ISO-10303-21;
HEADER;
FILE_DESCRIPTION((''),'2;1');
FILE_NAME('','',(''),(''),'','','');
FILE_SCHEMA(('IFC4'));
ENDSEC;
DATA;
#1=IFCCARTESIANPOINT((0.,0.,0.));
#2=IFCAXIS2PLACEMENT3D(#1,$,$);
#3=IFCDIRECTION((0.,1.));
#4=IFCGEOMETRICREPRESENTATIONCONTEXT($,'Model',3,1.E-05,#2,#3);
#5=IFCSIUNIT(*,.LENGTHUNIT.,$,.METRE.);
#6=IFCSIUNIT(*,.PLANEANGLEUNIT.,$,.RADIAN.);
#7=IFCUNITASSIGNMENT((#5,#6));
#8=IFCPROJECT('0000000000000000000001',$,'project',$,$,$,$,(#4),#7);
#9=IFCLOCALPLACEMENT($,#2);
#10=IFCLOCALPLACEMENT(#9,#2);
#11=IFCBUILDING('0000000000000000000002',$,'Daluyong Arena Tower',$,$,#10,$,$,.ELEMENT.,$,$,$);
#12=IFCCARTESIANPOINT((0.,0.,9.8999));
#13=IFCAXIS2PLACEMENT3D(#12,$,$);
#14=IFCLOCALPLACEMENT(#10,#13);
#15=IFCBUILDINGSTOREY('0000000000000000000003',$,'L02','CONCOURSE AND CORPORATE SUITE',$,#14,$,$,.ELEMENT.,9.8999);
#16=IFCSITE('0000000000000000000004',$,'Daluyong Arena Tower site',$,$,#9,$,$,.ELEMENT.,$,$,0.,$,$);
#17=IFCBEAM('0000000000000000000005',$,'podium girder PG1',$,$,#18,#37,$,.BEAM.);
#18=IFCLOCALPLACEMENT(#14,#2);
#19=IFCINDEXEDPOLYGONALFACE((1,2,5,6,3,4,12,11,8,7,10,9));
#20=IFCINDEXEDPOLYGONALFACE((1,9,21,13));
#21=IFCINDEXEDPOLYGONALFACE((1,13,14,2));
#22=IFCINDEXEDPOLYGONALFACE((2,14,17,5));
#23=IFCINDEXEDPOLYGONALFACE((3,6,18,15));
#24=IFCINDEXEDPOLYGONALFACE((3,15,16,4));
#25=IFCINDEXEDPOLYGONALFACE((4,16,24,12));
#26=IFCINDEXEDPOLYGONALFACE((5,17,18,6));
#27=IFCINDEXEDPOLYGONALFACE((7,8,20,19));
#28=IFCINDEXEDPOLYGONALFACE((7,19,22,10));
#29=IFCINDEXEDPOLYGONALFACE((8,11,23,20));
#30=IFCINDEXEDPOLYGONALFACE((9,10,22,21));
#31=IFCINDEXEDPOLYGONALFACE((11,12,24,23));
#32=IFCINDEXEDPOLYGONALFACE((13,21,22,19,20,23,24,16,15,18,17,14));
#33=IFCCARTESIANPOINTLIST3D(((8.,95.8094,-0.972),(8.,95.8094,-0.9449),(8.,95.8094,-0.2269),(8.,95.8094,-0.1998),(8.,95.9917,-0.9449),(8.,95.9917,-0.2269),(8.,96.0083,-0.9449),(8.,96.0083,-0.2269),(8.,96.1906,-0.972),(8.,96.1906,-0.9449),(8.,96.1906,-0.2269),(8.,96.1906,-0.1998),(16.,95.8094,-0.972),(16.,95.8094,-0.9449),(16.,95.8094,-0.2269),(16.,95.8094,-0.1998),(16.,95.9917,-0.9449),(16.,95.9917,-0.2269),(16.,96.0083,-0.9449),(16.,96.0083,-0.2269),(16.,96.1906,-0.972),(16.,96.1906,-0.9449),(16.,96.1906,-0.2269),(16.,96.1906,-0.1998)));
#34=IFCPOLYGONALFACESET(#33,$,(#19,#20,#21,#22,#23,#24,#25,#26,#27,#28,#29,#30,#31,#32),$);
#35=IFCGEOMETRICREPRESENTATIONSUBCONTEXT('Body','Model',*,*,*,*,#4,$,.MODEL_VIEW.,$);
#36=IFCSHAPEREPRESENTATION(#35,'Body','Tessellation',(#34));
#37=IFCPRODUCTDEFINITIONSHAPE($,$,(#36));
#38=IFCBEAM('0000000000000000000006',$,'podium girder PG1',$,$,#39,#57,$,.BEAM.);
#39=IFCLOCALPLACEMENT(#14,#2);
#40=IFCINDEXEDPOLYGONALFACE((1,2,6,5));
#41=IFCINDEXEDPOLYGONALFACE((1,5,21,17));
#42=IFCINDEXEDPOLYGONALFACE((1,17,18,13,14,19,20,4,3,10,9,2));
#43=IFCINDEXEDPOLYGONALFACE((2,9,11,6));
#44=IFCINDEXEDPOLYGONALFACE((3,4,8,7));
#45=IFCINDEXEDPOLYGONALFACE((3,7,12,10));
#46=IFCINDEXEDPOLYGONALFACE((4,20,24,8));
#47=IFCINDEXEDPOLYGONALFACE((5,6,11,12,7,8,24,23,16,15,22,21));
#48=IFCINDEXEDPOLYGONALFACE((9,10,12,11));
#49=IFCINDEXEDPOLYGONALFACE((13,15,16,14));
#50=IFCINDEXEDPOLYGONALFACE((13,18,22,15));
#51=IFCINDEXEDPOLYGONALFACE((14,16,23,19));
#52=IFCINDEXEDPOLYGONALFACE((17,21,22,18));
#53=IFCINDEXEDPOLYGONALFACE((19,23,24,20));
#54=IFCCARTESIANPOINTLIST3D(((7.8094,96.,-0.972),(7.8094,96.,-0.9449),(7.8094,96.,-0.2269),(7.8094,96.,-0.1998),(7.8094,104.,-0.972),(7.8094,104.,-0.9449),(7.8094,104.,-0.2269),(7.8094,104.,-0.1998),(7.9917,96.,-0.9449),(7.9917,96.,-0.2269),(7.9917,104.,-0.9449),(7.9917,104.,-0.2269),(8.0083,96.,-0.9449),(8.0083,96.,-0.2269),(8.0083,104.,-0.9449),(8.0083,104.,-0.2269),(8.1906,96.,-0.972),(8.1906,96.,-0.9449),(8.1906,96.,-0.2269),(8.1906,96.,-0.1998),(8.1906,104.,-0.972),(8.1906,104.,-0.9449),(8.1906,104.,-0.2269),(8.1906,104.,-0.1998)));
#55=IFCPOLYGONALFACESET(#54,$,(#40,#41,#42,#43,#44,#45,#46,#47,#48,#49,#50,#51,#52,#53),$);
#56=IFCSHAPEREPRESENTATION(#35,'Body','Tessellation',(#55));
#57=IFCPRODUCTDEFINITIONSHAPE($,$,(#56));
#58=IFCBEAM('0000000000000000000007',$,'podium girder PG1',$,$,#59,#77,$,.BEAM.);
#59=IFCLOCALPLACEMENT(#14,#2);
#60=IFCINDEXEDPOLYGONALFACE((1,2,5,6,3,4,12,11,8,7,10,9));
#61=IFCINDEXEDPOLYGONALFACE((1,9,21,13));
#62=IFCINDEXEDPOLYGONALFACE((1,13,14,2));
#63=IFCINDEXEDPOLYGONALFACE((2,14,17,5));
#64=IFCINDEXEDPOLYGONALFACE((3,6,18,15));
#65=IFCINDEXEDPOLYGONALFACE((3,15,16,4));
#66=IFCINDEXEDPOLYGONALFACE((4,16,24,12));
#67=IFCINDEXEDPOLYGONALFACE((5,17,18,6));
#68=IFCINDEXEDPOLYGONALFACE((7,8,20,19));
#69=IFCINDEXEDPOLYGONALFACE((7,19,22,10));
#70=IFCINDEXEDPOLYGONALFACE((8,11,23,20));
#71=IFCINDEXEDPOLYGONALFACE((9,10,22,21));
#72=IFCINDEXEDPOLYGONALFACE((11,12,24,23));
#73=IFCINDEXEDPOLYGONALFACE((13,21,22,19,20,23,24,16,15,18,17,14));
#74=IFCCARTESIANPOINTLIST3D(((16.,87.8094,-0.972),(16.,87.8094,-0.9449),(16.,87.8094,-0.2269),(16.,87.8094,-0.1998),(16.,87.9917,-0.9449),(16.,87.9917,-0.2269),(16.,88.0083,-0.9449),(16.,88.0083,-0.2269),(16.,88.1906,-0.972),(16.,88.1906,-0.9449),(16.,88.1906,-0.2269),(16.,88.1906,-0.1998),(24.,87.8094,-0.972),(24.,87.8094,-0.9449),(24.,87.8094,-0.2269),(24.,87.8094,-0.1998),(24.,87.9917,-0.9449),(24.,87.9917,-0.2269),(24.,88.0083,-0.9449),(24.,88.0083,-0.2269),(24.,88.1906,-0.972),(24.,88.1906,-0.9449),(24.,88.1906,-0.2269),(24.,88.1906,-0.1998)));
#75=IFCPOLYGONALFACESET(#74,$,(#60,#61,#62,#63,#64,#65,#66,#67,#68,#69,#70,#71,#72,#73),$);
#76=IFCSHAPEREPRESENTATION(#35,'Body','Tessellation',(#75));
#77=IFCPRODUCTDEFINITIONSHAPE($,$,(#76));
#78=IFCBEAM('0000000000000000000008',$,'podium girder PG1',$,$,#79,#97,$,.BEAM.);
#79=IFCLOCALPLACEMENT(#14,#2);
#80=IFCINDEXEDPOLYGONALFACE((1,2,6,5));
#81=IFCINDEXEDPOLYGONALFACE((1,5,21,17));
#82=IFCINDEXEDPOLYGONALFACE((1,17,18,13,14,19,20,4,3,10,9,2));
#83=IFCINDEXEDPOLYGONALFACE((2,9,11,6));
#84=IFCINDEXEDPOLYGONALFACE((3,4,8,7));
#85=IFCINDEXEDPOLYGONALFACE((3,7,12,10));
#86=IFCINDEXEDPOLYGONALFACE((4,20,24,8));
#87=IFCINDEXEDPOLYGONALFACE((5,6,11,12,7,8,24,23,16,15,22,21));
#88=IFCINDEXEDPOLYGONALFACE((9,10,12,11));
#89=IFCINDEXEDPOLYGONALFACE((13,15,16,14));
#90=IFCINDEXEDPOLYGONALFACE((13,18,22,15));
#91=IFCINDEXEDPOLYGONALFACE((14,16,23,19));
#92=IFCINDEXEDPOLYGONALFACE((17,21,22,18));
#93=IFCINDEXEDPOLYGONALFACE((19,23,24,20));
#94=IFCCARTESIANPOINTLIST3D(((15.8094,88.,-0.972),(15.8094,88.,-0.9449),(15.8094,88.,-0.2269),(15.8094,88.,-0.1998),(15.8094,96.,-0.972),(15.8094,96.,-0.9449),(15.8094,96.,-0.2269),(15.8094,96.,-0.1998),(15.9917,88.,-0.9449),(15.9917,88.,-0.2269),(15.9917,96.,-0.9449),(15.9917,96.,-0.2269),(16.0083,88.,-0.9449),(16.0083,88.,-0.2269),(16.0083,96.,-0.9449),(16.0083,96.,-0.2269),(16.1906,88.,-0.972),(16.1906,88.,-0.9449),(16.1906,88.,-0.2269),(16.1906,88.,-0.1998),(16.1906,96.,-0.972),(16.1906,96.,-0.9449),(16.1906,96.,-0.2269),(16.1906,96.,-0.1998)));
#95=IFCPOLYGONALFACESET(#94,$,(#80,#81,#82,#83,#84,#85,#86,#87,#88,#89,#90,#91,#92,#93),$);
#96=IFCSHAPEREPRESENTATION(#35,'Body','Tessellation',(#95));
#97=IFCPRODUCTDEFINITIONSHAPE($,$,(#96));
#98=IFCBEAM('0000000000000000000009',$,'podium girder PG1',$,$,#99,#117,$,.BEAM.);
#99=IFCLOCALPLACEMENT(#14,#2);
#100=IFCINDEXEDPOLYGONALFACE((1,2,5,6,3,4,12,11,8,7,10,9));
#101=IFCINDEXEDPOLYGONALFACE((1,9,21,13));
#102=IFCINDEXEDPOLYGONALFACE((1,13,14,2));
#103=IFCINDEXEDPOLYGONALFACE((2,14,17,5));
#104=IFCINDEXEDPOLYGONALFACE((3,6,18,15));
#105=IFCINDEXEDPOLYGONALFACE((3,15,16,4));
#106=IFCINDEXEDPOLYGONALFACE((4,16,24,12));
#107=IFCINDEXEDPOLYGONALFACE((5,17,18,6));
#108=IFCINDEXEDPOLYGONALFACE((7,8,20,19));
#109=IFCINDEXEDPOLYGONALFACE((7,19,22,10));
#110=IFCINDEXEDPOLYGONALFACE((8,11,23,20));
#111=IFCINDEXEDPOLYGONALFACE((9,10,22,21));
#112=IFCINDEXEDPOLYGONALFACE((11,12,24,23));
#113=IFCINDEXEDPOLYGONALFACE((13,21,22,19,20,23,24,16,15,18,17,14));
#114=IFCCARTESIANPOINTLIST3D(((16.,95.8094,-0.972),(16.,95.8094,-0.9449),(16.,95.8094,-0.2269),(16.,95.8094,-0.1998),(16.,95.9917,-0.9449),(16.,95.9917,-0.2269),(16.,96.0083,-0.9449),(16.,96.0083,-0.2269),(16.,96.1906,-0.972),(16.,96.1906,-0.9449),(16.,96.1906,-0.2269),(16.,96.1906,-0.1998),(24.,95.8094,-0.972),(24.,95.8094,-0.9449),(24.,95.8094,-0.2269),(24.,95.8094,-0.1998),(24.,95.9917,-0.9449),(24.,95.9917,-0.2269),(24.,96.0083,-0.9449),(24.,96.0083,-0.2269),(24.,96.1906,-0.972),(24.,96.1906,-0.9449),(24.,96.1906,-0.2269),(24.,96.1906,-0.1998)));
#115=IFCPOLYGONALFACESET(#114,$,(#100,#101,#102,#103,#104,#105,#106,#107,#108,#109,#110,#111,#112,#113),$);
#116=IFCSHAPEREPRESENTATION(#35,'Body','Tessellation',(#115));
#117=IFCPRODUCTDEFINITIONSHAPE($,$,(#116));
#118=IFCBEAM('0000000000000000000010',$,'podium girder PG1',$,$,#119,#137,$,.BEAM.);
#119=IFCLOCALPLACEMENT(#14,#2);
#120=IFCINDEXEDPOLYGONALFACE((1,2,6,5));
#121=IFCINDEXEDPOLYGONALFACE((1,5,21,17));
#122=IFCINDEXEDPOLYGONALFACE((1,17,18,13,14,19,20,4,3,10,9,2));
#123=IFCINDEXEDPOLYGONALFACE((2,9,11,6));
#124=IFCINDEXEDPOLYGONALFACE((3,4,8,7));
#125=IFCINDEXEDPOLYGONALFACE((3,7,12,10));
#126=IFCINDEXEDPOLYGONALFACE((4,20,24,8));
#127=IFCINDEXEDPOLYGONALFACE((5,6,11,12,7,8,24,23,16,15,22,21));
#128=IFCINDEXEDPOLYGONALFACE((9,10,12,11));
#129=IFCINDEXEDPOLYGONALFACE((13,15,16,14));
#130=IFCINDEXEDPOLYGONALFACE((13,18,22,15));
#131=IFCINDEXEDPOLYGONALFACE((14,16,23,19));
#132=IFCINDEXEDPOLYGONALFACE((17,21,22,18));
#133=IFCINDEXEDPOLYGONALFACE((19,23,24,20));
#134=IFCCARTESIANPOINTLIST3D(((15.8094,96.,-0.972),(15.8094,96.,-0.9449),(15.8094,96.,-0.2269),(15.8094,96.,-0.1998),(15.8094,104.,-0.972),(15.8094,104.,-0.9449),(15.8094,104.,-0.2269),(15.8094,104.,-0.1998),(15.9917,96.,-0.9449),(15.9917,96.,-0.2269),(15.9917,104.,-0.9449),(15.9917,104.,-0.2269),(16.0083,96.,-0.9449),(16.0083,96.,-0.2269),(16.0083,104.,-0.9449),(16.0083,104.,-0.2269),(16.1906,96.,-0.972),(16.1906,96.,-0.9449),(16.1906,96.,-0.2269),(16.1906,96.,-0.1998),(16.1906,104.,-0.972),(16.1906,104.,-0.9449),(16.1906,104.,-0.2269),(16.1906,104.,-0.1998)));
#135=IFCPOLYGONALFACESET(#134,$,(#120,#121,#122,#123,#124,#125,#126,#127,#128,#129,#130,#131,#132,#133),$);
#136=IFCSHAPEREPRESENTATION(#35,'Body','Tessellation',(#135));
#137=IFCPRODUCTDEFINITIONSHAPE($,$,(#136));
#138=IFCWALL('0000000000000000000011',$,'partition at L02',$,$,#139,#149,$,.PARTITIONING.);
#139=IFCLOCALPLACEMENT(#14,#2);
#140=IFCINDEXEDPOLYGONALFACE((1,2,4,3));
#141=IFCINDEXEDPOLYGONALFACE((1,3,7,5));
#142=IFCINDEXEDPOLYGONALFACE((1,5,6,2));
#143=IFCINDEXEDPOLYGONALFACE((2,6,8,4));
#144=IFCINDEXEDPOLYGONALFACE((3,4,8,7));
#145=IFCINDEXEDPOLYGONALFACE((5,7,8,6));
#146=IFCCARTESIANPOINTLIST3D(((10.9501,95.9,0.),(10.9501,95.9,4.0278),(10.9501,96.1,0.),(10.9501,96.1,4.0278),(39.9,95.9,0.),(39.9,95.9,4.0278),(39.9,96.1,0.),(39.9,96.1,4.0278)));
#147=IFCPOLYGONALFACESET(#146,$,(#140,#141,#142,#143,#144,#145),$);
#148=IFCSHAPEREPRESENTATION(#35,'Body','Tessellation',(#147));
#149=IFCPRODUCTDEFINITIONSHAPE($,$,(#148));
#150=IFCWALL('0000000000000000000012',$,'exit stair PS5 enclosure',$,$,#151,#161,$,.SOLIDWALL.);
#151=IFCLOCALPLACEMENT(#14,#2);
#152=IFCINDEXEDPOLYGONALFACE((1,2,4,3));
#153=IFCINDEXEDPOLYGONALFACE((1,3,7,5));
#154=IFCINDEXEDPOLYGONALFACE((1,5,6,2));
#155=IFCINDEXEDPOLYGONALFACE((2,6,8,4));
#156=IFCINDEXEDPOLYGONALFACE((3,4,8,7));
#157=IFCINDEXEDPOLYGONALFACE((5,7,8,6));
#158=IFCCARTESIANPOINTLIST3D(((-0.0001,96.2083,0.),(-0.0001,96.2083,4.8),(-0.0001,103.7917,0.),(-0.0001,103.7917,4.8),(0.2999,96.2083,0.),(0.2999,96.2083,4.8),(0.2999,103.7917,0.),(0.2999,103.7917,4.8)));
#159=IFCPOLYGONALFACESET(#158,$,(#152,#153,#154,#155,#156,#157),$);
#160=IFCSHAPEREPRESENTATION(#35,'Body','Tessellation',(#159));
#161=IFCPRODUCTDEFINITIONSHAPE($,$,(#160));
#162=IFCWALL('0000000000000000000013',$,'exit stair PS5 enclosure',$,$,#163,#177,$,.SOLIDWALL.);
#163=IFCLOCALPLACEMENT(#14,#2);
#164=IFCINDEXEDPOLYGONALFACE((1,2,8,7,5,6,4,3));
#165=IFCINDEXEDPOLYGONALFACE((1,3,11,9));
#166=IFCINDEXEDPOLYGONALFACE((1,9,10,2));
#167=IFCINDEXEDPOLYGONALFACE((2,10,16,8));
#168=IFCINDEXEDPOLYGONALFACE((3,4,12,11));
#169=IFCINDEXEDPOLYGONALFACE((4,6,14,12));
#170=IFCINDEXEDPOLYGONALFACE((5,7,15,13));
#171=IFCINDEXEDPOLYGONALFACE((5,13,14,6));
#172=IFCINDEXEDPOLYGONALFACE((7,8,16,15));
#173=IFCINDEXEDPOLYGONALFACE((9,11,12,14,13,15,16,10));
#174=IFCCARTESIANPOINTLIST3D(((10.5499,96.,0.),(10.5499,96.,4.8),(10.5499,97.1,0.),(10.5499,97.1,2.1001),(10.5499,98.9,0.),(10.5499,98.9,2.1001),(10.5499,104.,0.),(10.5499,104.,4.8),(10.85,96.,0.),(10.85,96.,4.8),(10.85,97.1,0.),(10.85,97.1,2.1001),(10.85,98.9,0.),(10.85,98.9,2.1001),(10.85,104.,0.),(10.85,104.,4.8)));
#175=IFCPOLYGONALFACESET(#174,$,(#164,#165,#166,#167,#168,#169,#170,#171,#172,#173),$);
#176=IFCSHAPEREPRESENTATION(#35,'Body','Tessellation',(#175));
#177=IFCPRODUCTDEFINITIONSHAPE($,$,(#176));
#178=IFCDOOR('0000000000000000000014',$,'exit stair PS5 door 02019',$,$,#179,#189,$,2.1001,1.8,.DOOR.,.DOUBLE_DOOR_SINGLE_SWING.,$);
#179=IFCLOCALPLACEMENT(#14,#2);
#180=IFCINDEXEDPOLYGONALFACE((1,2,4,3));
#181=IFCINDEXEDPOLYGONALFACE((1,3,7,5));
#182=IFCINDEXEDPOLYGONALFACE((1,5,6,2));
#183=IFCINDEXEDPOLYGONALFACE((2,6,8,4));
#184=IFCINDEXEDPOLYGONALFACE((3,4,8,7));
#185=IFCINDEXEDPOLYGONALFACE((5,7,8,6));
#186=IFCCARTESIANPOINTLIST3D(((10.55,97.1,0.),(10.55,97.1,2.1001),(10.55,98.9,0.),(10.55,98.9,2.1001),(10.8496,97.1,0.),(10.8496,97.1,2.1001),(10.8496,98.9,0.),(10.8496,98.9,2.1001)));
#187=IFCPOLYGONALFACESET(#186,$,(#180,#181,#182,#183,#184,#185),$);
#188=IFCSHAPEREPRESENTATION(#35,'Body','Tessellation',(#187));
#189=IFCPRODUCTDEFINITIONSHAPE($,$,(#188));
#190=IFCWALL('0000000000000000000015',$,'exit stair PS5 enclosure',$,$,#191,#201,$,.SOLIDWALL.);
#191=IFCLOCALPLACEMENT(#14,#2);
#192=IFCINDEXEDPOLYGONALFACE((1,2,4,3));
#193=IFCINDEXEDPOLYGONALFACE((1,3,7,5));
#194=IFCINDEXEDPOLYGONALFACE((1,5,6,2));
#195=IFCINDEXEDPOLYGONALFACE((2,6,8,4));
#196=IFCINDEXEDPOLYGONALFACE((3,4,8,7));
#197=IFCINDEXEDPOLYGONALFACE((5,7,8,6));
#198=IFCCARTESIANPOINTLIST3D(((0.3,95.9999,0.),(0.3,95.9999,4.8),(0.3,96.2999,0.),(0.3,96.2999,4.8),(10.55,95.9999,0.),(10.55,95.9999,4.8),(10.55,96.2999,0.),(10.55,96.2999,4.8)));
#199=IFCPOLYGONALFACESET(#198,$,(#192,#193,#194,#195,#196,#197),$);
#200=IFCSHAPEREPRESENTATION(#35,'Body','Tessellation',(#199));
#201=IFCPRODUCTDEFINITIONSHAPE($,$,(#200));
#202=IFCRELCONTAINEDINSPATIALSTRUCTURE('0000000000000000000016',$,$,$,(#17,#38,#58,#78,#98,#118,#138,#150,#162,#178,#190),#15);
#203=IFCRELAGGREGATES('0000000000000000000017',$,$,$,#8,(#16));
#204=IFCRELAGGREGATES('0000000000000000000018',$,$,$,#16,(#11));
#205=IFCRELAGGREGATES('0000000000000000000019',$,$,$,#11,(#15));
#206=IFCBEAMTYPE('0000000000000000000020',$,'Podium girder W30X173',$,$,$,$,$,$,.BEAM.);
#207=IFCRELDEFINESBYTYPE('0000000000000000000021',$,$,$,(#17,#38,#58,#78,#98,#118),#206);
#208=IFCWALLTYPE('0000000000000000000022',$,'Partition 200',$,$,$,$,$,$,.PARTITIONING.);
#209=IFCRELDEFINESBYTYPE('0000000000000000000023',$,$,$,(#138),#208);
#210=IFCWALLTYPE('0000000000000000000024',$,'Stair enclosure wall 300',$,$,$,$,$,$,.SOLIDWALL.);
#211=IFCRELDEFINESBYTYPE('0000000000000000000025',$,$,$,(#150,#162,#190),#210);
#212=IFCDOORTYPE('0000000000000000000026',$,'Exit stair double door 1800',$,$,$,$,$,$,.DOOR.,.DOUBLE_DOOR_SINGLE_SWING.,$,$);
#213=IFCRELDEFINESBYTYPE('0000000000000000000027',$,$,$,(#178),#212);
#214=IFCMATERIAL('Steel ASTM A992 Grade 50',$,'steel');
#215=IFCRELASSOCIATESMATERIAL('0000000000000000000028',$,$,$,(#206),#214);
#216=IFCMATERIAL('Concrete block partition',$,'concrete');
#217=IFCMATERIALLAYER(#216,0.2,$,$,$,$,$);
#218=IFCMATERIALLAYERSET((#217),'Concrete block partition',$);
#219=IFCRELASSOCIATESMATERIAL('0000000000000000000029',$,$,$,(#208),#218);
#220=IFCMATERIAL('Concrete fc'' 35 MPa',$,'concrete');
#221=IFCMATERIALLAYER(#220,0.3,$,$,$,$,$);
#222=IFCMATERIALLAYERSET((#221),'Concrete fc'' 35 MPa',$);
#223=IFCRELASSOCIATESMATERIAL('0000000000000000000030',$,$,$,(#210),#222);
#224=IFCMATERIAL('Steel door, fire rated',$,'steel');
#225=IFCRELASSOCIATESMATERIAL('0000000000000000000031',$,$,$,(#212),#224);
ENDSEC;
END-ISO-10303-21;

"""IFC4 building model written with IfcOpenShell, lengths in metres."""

from ifc_helpers import new_model, si_unit, direction, frame, frame_2d, origin, origin_2d, place, context, subcontext, project, spatial, rectangle, i_section, extrude, material, layer, layer_set, material_profile, profile_set, type_object, element, fill, save


model = new_model("IFC4")

# Units and contexts
model_context = context("Model", 3, precision=1e-05, world=origin(), true_north=direction((0.0, 1.0)))
body_context = subcontext(model_context, "Body", "Model", "MODEL_VIEW")
ifc_project = project(units=[si_unit("LENGTHUNIT", "METRE"), si_unit("PLANEANGLEUNIT", "RADIAN")], contexts=[model_context])

# Site, building, storey
site_placement = place(None, origin())
site = spatial("IfcSite", under=ifc_project, at=site_placement, Name="Daluyong Arena Tower site", CompositionType="ELEMENT", RefElevation=0.0)
building_placement = place(site_placement, origin())
building = spatial("IfcBuilding", under=site, at=building_placement, Name="Daluyong Arena Tower", CompositionType="ELEMENT")
storey_placement = place(building_placement, frame((0.0, 0.0, 9.8999)))
storey = spatial("IfcBuildingStorey", under=building, at=storey_placement, Name="L02", Description="CONCOURSE AND CORPORATE SUITE", CompositionType="ELEMENT", Elevation=9.8999)

# Beams
ifc_material_1 = material(Name="Steel ASTM A992 Grade 50", Category="steel")
ifc_material_profile_1 = material_profile(ifc_material_1, i_section(OverallWidth=0.3811, OverallDepth=0.7722, WebThickness=0.0166, FlangeThickness=0.0271, at=origin_2d()))
ifc_profile_set_1 = profile_set([ifc_material_profile_1], Name="Steel ASTM A992 Grade 50")
beam_type_1 = type_object("IfcBeamType", Name="Podium girder W30X173", PredefinedType="BEAM", material=ifc_profile_set_1)
for number, where, z_axis, x_axis, name in (
    (1, (8.0, 96.0, -0.5859), (1.0, 0.0, 0.0), (0.0, 1.0, 0.0), "podium girder PG1"),
    (2, (8.0, 96.0, -0.5859), (0.0, 1.0, 0.0), (-1.0, 0.0, 0.0), "podium girder PG1"),
    (3, (16.0, 88.0, -0.5859), (1.0, 0.0, 0.0), (0.0, 1.0, 0.0), "podium girder PG1"),
    (4, (16.0, 88.0, -0.5859), (0.0, 1.0, 0.0), (-1.0, 0.0, 0.0), "podium girder PG1"),
    (5, (16.0, 96.0, -0.5859), (1.0, 0.0, 0.0), (0.0, 1.0, 0.0), "podium girder PG1"),
    (6, (16.0, 96.0, -0.5859), (0.0, 1.0, 0.0), (-1.0, 0.0, 0.0), "podium girder PG1"),
):
    element("IfcBeam", number, at=place(storey_placement, frame(where, z_axis=z_axis, x_axis=x_axis)), inside=storey, type_object=beam_type_1, Name=name, PredefinedType="BEAM", context=body_context, shape_type="SweptSolid", body=[
        extrude(i_section(OverallWidth=0.3811, OverallDepth=0.7722, WebThickness=0.0166, FlangeThickness=0.0271, at=origin_2d()), origin(), (0.0, 0.0, 1.0), 8.0),
    ])

# Walls
ifc_material_2 = material(Name="Concrete block partition", Category="concrete")
ifc_layer_1 = layer(ifc_material_2, 0.2)
ifc_layer_set_1 = layer_set([ifc_layer_1], Name="Concrete block partition")
wall_type_1 = type_object("IfcWallType", Name="Partition 200", PredefinedType="PARTITIONING", material=ifc_layer_set_1)
wall_1_placement = place(storey_placement, frame((10.95, 96.0, 0.0), z_axis=(0.0, 0.0, 1.0), x_axis=(1.0, 0.0, 0.0)))
element("IfcWall", 7, at=wall_1_placement, inside=storey, type_object=wall_type_1, Name="partition at L02", PredefinedType="PARTITIONING", context=body_context, shape_type="SweptSolid", body=[
    extrude(rectangle(XDim=28.95, YDim=0.2, at=frame_2d((14.4751, 0.0))), origin(), (0.0, 0.0, 1.0), 4.0278),
])
ifc_material_3 = material(Name="Concrete fc' 35 MPa", Category="concrete")
ifc_layer_2 = layer(ifc_material_3, 0.3)
ifc_layer_set_2 = layer_set([ifc_layer_2], Name="Concrete fc' 35 MPa")
wall_type_2 = type_object("IfcWallType", Name="Stair enclosure wall 300", PredefinedType="SOLIDWALL", material=ifc_layer_set_2)
wall_2_placement = place(storey_placement, frame((0.1499, 96.2083, 0.0), z_axis=(0.0, 0.0, 1.0), x_axis=(0.0, 1.0, 0.0)))
element("IfcWall", 8, at=wall_2_placement, inside=storey, type_object=wall_type_2, Name="exit stair PS5 enclosure", PredefinedType="SOLIDWALL", context=body_context, shape_type="SweptSolid", body=[
    extrude(rectangle(XDim=7.5835, YDim=0.3, at=frame_2d((3.7917, 0.0))), origin(), (0.0, 0.0, 1.0), 4.8),
])

# Wall, opening, door
wall_3_placement = place(storey_placement, frame((10.7, 96.0, 0.0), z_axis=(0.0, 0.0, 1.0), x_axis=(0.0, 1.0, 0.0)))
wall_3 = element("IfcWall", 9, at=wall_3_placement, inside=storey, type_object=wall_type_2, Name="exit stair PS5 enclosure", PredefinedType="SOLIDWALL", context=body_context, shape_type="SweptSolid", body=[
    extrude(rectangle(XDim=8.0, YDim=0.3, at=frame_2d((4.0, 0.0))), origin(), (0.0, 0.0, 1.0), 4.8),
])
opening_placement = place(wall_3_placement, frame((1.1001, 0.0, 0.0)))
opening = element("IfcOpeningElement", 10, at=opening_placement, cuts=wall_3, PredefinedType="OPENING", context=body_context, shape_type="SweptSolid", body=[
    extrude(rectangle(XDim=1.8, YDim=2.1001, at=frame_2d((0.8999, 1.05))), frame((0.0, 0.1599, 0.0), z_axis=(0.0, -1.0, 0.0), x_axis=(1.0, 0.0, 0.0)), (0.0, 0.0, 1.0), 0.3201),
])
ifc_material_4 = material(Name="Steel door, fire rated", Category="steel")
door_type = type_object("IfcDoorType", Name="Exit stair double door 1800", OperationType="DOUBLE_DOOR_SINGLE_SWING", PredefinedType="DOOR", material=ifc_material_4)
door_placement = place(opening_placement, origin())
door = element("IfcDoor", 11, at=door_placement, inside=storey, type_object=door_type, Name="exit stair PS5 door 02019", OperationType="DOUBLE_DOOR_SINGLE_SWING", OverallHeight=2.1001, OverallWidth=1.8, PredefinedType="DOOR", context=body_context, shape_type="SweptSolid", body=[
    extrude(rectangle(XDim=1.8, YDim=2.1001, at=frame_2d((0.8999, 1.05))), frame((0.0, 0.1499, 0.0), z_axis=(0.0, -1.0, 0.0), x_axis=(1.0, 0.0, 0.0)), (0.0, 0.0, 1.0), 0.2996),
])
fill(opening, door)

# Wall
wall_4_placement = place(storey_placement, frame((0.3, 96.1499, 0.0), z_axis=(0.0, 0.0, 1.0), x_axis=(1.0, 0.0, 0.0)))
element("IfcWall", 12, at=wall_4_placement, inside=storey, type_object=wall_type_2, Name="exit stair PS5 enclosure", PredefinedType="SOLIDWALL", context=body_context, shape_type="SweptSolid", body=[
    extrude(rectangle(XDim=10.25, YDim=0.3, at=frame_2d((5.125, 0.0))), origin(), (0.0, 0.0, 1.0), 4.8),
])

save(model, "model.ifc")
